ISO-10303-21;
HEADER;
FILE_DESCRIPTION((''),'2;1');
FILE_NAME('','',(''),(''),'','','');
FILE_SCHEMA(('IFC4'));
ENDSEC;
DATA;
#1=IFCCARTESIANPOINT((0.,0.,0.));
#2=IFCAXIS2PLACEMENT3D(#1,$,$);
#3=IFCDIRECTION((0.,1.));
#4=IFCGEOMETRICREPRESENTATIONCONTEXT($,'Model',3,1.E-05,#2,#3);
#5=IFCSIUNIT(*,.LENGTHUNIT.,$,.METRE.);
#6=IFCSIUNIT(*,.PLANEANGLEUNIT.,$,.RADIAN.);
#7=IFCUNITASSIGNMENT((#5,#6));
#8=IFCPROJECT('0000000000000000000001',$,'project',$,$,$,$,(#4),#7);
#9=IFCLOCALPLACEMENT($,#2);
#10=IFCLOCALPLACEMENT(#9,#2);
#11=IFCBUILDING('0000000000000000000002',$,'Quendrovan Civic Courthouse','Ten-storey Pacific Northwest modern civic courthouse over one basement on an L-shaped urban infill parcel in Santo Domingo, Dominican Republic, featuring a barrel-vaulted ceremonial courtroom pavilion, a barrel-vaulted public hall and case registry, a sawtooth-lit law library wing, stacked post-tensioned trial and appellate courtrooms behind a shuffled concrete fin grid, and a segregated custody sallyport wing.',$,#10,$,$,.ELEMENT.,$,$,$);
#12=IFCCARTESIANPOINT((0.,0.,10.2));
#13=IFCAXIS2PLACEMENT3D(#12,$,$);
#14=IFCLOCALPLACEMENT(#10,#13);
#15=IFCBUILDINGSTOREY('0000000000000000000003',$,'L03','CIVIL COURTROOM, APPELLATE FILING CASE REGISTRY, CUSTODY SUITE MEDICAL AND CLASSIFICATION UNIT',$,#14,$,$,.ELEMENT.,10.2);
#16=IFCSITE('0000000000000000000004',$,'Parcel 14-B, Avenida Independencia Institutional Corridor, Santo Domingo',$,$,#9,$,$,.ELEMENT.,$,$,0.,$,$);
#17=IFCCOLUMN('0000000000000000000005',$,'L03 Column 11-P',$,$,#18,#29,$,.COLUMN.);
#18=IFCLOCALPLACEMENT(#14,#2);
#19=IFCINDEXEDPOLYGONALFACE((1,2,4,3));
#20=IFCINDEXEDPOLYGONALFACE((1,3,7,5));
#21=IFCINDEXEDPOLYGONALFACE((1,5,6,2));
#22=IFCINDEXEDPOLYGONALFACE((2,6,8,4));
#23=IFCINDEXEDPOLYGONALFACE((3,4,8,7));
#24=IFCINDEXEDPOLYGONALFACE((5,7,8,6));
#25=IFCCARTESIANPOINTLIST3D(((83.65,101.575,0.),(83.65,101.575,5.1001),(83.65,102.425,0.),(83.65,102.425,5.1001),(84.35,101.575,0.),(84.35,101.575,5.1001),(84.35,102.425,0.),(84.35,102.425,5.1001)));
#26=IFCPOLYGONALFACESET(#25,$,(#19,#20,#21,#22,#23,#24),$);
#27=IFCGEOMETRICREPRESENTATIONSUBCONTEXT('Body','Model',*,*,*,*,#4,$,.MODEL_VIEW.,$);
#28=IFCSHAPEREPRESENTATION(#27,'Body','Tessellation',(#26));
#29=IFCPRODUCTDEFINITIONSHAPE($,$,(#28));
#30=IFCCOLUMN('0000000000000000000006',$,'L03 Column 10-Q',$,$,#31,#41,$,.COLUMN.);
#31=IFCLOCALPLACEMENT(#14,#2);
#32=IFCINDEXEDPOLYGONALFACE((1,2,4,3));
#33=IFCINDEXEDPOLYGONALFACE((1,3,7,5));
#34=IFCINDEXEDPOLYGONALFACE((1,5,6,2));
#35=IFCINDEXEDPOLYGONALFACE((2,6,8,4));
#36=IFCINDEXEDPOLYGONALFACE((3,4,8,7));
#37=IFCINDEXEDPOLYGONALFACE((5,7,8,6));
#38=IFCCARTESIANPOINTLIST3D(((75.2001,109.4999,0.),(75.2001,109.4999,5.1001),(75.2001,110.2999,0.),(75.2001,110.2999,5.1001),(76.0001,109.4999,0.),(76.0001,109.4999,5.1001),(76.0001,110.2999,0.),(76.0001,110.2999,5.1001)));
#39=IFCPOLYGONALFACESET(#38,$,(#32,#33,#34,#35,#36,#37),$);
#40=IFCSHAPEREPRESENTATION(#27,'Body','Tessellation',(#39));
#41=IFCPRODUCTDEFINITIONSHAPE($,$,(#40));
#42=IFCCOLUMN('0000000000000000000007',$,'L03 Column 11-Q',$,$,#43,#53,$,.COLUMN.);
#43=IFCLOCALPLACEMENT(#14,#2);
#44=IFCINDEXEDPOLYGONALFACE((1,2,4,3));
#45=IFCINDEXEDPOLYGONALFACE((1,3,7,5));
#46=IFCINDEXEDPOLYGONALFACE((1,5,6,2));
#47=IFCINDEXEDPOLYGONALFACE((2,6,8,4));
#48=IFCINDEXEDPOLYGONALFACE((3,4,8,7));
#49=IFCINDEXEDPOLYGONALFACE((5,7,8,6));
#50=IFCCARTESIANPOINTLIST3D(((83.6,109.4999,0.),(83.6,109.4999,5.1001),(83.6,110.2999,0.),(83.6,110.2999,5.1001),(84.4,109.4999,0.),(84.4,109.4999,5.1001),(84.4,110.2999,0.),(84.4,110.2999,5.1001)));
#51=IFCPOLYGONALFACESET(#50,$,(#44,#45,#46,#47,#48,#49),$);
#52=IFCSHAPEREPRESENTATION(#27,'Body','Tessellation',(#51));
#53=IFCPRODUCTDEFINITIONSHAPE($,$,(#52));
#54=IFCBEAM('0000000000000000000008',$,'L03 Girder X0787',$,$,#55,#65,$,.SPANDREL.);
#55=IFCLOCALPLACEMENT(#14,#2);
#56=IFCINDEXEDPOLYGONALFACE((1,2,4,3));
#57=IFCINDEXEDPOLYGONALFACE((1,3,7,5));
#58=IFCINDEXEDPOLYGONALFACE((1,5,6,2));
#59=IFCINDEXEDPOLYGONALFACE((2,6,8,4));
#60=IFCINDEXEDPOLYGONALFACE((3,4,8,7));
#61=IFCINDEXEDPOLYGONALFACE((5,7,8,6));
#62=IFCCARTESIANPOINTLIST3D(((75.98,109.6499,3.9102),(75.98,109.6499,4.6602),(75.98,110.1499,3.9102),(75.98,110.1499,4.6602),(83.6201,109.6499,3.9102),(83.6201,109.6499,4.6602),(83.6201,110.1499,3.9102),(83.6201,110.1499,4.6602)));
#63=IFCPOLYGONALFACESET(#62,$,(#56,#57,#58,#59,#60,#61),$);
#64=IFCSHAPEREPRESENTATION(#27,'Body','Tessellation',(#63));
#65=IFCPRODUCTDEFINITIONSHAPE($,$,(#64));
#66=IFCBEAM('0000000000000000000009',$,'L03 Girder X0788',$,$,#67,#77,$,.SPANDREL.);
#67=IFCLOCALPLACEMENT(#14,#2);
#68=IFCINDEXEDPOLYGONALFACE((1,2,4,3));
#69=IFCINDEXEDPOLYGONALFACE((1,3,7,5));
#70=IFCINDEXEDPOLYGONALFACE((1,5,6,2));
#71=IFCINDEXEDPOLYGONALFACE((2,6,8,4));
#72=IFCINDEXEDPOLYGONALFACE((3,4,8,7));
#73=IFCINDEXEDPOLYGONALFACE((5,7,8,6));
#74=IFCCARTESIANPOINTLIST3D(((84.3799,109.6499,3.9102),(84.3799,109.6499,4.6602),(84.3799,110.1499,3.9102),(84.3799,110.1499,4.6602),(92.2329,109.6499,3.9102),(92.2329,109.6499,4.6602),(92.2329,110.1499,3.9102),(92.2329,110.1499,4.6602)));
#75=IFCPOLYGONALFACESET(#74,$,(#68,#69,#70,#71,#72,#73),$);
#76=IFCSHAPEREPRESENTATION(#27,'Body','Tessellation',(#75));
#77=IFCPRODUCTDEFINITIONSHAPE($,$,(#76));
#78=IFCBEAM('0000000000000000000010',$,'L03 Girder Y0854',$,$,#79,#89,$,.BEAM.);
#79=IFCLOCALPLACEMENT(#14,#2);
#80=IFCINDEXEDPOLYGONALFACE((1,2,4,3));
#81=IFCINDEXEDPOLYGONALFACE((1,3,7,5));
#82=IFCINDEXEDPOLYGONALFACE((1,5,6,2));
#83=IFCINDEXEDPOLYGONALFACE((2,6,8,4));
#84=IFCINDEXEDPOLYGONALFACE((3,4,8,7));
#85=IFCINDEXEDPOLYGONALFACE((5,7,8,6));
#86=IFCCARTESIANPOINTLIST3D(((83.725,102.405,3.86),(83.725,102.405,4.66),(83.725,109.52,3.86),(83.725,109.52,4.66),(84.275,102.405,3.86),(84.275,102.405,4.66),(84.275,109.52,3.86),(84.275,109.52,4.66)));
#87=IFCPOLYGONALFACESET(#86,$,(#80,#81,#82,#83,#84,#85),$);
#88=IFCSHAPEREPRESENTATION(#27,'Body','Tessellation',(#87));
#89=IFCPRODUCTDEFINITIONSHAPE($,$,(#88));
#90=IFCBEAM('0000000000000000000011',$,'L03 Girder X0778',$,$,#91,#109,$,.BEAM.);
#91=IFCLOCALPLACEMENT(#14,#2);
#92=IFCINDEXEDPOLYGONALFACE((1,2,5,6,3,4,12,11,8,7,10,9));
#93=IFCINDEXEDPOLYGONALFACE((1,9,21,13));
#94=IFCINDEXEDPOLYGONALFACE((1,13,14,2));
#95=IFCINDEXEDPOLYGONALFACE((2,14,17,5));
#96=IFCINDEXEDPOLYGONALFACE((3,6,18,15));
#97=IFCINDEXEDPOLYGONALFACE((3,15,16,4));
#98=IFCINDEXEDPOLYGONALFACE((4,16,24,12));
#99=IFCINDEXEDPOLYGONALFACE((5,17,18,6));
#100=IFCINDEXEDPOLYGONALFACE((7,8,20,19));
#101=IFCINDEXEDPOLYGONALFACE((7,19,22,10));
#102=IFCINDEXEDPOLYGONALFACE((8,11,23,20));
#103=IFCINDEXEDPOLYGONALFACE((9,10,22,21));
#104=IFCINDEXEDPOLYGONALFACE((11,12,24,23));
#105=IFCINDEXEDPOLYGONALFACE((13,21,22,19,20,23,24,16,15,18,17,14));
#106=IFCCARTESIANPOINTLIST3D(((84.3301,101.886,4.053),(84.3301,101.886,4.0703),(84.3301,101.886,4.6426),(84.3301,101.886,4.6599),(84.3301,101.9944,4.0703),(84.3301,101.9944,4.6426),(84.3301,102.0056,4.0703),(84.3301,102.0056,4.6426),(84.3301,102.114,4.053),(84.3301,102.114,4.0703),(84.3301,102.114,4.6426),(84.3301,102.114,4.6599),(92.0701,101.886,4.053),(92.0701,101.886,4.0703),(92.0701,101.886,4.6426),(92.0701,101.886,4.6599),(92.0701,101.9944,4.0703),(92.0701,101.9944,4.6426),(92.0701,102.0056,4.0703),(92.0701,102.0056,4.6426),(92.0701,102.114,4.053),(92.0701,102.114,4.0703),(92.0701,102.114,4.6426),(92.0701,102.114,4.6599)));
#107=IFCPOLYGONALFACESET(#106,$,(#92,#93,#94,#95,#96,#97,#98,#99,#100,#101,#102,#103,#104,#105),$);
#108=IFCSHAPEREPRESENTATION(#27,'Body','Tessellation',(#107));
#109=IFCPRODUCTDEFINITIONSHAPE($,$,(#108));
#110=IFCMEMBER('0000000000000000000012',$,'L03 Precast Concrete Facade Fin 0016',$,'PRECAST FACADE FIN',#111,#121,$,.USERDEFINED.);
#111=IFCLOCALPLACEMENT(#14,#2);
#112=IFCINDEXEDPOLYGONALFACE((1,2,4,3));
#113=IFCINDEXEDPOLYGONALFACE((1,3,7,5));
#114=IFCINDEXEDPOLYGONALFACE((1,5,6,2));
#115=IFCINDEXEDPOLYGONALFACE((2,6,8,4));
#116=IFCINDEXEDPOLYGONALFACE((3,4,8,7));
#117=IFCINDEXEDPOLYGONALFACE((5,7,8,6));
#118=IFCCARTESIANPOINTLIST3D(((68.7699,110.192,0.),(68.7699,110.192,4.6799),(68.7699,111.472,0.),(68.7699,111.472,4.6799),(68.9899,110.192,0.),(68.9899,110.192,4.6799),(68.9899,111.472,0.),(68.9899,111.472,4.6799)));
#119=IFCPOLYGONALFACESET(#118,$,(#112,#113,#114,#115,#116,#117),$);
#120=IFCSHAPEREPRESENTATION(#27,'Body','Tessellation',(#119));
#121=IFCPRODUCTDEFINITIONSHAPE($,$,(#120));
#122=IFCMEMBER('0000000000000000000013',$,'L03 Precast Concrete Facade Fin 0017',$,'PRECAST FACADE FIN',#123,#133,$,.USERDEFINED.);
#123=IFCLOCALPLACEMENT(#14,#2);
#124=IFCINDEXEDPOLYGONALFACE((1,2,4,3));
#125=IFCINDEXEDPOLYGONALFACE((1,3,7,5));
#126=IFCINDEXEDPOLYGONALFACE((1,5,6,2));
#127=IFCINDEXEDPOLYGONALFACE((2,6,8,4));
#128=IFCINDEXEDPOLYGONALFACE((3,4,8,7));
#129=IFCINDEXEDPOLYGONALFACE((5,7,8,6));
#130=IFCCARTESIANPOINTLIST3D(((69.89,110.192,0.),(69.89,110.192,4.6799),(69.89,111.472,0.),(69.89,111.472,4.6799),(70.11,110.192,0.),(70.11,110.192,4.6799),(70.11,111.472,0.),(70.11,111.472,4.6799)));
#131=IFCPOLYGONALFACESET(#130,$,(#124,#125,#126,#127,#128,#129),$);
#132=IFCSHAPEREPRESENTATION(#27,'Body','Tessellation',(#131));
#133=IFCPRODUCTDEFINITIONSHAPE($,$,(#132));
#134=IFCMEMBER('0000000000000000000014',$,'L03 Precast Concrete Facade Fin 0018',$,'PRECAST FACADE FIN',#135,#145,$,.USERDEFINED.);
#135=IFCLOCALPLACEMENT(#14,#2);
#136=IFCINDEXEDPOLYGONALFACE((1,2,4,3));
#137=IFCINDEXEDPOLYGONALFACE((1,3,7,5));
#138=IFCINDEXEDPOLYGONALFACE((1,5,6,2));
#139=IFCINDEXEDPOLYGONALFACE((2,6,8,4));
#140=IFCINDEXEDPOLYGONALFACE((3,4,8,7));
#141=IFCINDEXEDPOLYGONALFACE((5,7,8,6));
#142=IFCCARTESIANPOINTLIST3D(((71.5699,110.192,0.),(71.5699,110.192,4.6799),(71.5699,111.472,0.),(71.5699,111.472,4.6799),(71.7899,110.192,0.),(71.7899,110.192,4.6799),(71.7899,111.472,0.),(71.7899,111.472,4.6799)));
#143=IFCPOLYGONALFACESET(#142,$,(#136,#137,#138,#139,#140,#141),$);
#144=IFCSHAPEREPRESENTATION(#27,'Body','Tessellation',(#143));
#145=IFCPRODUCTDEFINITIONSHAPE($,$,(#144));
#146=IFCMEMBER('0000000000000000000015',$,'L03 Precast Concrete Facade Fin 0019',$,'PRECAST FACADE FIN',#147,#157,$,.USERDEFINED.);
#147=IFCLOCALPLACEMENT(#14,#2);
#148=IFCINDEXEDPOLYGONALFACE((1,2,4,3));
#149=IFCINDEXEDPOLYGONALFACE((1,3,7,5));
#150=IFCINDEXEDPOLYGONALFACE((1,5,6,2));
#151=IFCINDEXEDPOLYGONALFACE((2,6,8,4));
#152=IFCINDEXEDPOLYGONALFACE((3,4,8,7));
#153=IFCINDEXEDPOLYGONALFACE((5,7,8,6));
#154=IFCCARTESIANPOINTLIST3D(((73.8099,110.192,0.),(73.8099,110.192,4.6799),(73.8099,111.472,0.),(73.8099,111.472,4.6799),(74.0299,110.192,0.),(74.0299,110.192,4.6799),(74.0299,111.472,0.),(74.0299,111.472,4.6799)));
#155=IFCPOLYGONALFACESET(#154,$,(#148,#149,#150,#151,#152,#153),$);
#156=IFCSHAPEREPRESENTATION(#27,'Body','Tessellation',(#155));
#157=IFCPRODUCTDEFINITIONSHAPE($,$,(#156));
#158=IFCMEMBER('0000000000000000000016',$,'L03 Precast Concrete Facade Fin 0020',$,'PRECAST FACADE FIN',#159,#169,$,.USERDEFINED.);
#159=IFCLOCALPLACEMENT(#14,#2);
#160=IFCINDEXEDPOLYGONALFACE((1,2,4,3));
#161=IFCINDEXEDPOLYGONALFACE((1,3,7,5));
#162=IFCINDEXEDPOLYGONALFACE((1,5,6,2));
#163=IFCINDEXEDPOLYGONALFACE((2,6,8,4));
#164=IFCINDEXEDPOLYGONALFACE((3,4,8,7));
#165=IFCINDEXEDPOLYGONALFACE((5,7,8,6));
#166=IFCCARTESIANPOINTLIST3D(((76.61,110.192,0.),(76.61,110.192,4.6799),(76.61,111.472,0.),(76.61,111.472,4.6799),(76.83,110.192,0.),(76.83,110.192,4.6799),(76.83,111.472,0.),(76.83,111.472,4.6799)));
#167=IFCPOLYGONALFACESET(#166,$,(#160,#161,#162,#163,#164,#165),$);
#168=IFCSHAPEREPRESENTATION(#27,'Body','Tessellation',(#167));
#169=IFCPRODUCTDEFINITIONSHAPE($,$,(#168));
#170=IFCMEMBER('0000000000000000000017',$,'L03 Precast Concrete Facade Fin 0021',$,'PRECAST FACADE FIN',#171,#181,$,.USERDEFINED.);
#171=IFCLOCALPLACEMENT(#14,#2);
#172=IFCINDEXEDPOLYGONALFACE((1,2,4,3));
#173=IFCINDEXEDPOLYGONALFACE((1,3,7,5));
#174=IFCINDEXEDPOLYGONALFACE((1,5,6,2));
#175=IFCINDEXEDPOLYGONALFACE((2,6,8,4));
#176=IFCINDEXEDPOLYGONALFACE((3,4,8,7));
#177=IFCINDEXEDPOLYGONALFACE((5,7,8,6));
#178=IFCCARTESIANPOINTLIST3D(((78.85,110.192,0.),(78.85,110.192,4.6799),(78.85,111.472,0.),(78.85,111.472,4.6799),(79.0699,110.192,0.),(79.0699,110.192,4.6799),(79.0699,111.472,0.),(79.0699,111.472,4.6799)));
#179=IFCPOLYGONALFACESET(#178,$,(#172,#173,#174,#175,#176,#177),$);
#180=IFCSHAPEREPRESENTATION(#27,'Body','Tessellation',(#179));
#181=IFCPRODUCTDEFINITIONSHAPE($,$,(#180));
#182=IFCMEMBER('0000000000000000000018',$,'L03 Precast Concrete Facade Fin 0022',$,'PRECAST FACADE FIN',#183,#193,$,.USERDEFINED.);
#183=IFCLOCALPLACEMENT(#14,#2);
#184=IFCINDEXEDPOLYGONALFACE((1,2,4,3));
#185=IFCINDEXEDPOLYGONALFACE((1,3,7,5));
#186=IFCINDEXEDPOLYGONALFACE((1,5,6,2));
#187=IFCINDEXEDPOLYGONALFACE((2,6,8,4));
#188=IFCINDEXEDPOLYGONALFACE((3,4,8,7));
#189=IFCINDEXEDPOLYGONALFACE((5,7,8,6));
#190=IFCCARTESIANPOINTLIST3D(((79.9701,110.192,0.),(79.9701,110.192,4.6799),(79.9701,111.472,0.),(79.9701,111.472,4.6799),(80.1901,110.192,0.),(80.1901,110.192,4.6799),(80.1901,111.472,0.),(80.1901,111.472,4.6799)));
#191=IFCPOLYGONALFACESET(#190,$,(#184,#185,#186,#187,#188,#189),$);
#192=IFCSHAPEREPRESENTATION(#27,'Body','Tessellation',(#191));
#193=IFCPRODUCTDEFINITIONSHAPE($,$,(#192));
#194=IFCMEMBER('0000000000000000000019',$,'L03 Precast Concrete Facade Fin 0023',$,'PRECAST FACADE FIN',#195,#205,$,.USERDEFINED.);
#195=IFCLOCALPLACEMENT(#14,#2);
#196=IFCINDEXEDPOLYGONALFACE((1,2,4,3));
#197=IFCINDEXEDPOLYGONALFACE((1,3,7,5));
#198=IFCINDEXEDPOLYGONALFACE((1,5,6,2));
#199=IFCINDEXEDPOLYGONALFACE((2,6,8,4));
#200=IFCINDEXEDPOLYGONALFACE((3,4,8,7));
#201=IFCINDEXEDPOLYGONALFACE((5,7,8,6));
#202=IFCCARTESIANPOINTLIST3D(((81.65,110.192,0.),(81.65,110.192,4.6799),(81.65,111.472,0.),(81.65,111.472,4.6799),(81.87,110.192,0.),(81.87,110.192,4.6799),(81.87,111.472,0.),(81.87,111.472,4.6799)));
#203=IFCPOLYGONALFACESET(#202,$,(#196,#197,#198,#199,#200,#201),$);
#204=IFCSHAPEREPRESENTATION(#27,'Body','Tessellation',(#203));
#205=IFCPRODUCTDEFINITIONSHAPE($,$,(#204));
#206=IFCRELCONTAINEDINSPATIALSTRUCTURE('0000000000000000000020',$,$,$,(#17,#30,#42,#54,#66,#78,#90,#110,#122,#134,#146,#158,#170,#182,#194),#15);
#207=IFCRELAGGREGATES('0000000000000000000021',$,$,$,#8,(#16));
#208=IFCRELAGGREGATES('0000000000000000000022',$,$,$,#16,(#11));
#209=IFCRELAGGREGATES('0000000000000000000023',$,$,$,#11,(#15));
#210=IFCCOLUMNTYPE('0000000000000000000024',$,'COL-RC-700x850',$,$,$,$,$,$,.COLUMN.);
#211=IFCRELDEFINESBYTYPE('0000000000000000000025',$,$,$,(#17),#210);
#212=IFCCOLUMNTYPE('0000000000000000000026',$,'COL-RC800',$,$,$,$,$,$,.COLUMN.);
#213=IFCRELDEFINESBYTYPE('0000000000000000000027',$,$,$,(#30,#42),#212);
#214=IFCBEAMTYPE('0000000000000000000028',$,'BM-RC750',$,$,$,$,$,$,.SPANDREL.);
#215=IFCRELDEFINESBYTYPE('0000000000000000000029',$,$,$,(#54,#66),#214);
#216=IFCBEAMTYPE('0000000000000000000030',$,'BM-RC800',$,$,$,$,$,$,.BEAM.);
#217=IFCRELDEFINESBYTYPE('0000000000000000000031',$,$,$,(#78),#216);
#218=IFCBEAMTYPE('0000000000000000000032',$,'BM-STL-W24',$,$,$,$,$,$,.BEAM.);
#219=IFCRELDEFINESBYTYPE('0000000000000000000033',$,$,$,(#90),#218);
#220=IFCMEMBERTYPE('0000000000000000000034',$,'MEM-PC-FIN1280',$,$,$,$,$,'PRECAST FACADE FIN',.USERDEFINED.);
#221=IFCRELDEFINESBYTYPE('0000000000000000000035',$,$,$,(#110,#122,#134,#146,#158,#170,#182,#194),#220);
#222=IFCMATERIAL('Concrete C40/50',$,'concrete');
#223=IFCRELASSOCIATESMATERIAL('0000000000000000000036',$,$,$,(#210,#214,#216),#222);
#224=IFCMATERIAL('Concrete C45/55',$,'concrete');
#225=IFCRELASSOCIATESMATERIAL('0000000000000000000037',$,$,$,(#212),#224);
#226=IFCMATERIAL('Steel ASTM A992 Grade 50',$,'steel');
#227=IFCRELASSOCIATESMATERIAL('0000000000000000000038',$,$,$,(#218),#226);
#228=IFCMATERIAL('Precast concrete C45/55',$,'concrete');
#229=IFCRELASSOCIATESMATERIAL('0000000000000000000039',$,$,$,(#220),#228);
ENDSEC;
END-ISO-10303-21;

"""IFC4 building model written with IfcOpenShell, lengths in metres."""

from ifc_helpers import new_model, si_unit, direction, frame, origin, origin_2d, place, context, subcontext, project, spatial, rectangle, i_section, extrude, material, material_profile, profile_set, type_object, element, save


model = new_model("IFC4")

# Units and contexts
model_context = context("Model", 3, precision=1e-05, world=origin(), true_north=direction((0.0, 1.0)))
body_context = subcontext(model_context, "Body", "Model", "MODEL_VIEW")
ifc_project = project(units=[si_unit("LENGTHUNIT", "METRE"), si_unit("PLANEANGLEUNIT", "RADIAN")], contexts=[model_context])

# Site, building, storey
site_placement = place(None, origin())
site = spatial("IfcSite", under=ifc_project, at=site_placement, Name="Parcel 14-B, Avenida Independencia Institutional Corridor, Santo Domingo", CompositionType="ELEMENT", RefElevation=0.0)
building_placement = place(site_placement, origin())
building = spatial("IfcBuilding", under=site, at=building_placement, Name="Quendrovan Civic Courthouse", Description="Ten-storey Pacific Northwest modern civic courthouse over one basement on an L-shaped urban infill parcel in Santo Domingo, Dominican Republic, featuring a barrel-vaulted ceremonial courtroom pavilion, a barrel-vaulted public hall and case registry, a sawtooth-lit law library wing, stacked post-tensioned trial and appellate courtrooms behind a shuffled concrete fin grid, and a segregated custody sallyport wing.", CompositionType="ELEMENT")
storey_placement = place(building_placement, frame((0.0, 0.0, 10.2)))
storey = spatial("IfcBuildingStorey", under=building, at=storey_placement, Name="L03", Description="CIVIL COURTROOM, APPELLATE FILING CASE REGISTRY, CUSTODY SUITE MEDICAL AND CLASSIFICATION UNIT", CompositionType="ELEMENT", Elevation=10.2)

# Columns
ifc_material_1 = material(Name="Concrete C40/50", Category="concrete")
ifc_material_profile_1 = material_profile(ifc_material_1, rectangle(XDim=0.7, YDim=0.8501, at=origin_2d()), Name="RC-COL-700x850")
ifc_profile_set_1 = profile_set([ifc_material_profile_1], Name="Concrete C40/50")
column_type_1 = type_object("IfcColumnType", Name="COL-RC-700x850", PredefinedType="COLUMN", material=ifc_profile_set_1)
column_placement = place(storey_placement, frame((84.0, 102.0, 0.0), z_axis=(0.0, 0.0, 1.0), x_axis=(1.0, 0.0, 0.0)))
element("IfcColumn", 1, at=column_placement, inside=storey, type_object=column_type_1, Name="L03 Column 11-P", PredefinedType="COLUMN", context=body_context, shape_type="SweptSolid", body=[
    extrude(rectangle(XDim=0.7, YDim=0.8501, at=origin_2d()), origin(), (0.0, 0.0, 1.0), 5.1001),
])
ifc_material_2 = material(Name="Concrete C45/55", Category="concrete")
ifc_material_profile_2 = material_profile(ifc_material_2, rectangle(XDim=0.8, YDim=0.8, at=origin_2d()), Name="RC-COL-800x800")
ifc_profile_set_2 = profile_set([ifc_material_profile_2], Name="Concrete C45/55")
column_type_2 = type_object("IfcColumnType", Name="COL-RC800", PredefinedType="COLUMN", material=ifc_profile_set_2)
for number, where, z_axis, x_axis, name in (
    (2, (75.6001, 109.8999, 0.0), (0.0, 0.0, 1.0), (1.0, 0.0, 0.0), "L03 Column 10-Q"),
    (3, (84.0, 109.8999, 0.0), (0.0, 0.0, 1.0), (1.0, 0.0, 0.0), "L03 Column 11-Q"),
):
    element("IfcColumn", number, at=place(storey_placement, frame(where, z_axis=z_axis, x_axis=x_axis)), inside=storey, type_object=column_type_2, Name=name, PredefinedType="COLUMN", context=body_context, shape_type="SweptSolid", body=[
        extrude(rectangle(XDim=0.8, YDim=0.8, at=origin_2d()), origin(), (0.0, 0.0, 1.0), 5.1001),
    ])

# Beams
ifc_material_profile_3 = material_profile(ifc_material_1, rectangle(XDim=0.5, YDim=0.75, at=origin_2d()), Name="RC-BM-500x750")
ifc_profile_set_3 = profile_set([ifc_material_profile_3], Name="Concrete C40/50")
beam_type_1 = type_object("IfcBeamType", Name="BM-RC750", PredefinedType="SPANDREL", material=ifc_profile_set_3)
beam_1_placement = place(storey_placement, frame((75.98, 109.8999, 4.2852), z_axis=(1.0, 0.0, 0.0), x_axis=(0.0, 1.0, 0.0)))
element("IfcBeam", 4, at=beam_1_placement, inside=storey, type_object=beam_type_1, Name="L03 Girder X0787", PredefinedType="SPANDREL", context=body_context, shape_type="SweptSolid", body=[
    extrude(rectangle(XDim=0.5, YDim=0.75, at=origin_2d()), origin(), (0.0, 0.0, 1.0), 7.6401),
])
beam_2_placement = place(storey_placement, frame((84.3799, 109.8999, 4.2852), z_axis=(1.0, 0.0, 0.0), x_axis=(0.0, 1.0, 0.0)))
element("IfcBeam", 5, at=beam_2_placement, inside=storey, type_object=beam_type_1, Name="L03 Girder X0788", PredefinedType="SPANDREL", context=body_context, shape_type="SweptSolid", body=[
    extrude(rectangle(XDim=0.5, YDim=0.75, at=origin_2d()), origin(), (0.0, 0.0, 1.0), 7.853),
])
ifc_material_profile_4 = material_profile(ifc_material_1, rectangle(XDim=0.55, YDim=0.8, at=origin_2d()), Name="RC-BM-550x800")
ifc_profile_set_4 = profile_set([ifc_material_profile_4], Name="Concrete C40/50")
beam_type_2 = type_object("IfcBeamType", Name="BM-RC800", PredefinedType="BEAM", material=ifc_profile_set_4)
beam_3_placement = place(storey_placement, frame((84.0, 102.405, 4.26), z_axis=(0.0, 1.0, 0.0), x_axis=(-1.0, 0.0, 0.0)))
element("IfcBeam", 6, at=beam_3_placement, inside=storey, type_object=beam_type_2, Name="L03 Girder Y0854", PredefinedType="BEAM", context=body_context, shape_type="SweptSolid", body=[
    extrude(rectangle(XDim=0.55, YDim=0.8, at=origin_2d()), origin(), (0.0, 0.0, 1.0), 7.115),
])
ifc_material_3 = material(Name="Steel ASTM A992 Grade 50", Category="steel")
ifc_material_profile_5 = material_profile(ifc_material_3, i_section(OverallWidth=0.228, OverallDepth=0.6069, WebThickness=0.0112, FlangeThickness=0.0173, at=origin_2d()), Name="W24X76")
ifc_profile_set_5 = profile_set([ifc_material_profile_5], Name="Steel ASTM A992 Grade 50")
beam_type_3 = type_object("IfcBeamType", Name="BM-STL-W24", PredefinedType="BEAM", material=ifc_profile_set_5)
beam_4_placement = place(storey_placement, frame((84.3301, 102.0, 4.3564), z_axis=(1.0, 0.0, 0.0), x_axis=(0.0, 1.0, 0.0)))
element("IfcBeam", 7, at=beam_4_placement, inside=storey, type_object=beam_type_3, Name="L03 Girder X0778", PredefinedType="BEAM", context=body_context, shape_type="SweptSolid", body=[
    extrude(i_section(OverallWidth=0.228, OverallDepth=0.6069, WebThickness=0.0112, FlangeThickness=0.0173, at=origin_2d()), origin(), (0.0, 0.0, 1.0), 7.74),
])

# Members
ifc_material_4 = material(Name="Precast concrete C45/55", Category="concrete")
ifc_material_profile_6 = material_profile(ifc_material_4, rectangle(XDim=0.22, YDim=1.28, at=origin_2d()), Name="PC-FIN-220x1280")
ifc_profile_set_6 = profile_set([ifc_material_profile_6], Name="Precast concrete C45/55")
member_type = type_object("IfcMemberType", Name="MEM-PC-FIN1280", ElementType="PRECAST FACADE FIN", PredefinedType="USERDEFINED", material=ifc_profile_set_6)
for number, where, z_axis, x_axis, name in (
    (8, (68.8799, 110.832, 0.0), (0.0, 0.0, 1.0), (1.0, 0.0, 0.0), "L03 Precast Concrete Facade Fin 0016"),
    (9, (70.0, 110.832, 0.0), (0.0, 0.0, 1.0), (1.0, 0.0, 0.0), "L03 Precast Concrete Facade Fin 0017"),
    (10, (71.6799, 110.832, 0.0), (0.0, 0.0, 1.0), (1.0, 0.0, 0.0), "L03 Precast Concrete Facade Fin 0018"),
    (11, (73.9199, 110.832, 0.0), (0.0, 0.0, 1.0), (1.0, 0.0, 0.0), "L03 Precast Concrete Facade Fin 0019"),
    (12, (76.72, 110.832, 0.0), (0.0, 0.0, 1.0), (1.0, 0.0, 0.0), "L03 Precast Concrete Facade Fin 0020"),
    (13, (78.96, 110.832, 0.0), (0.0, 0.0, 1.0), (1.0, 0.0, 0.0), "L03 Precast Concrete Facade Fin 0021"),
    (14, (80.0801, 110.832, 0.0), (0.0, 0.0, 1.0), (1.0, 0.0, 0.0), "L03 Precast Concrete Facade Fin 0022"),
    (15, (81.76, 110.832, 0.0), (0.0, 0.0, 1.0), (1.0, 0.0, 0.0), "L03 Precast Concrete Facade Fin 0023"),
):
    element("IfcMember", number, at=place(storey_placement, frame(where, z_axis=z_axis, x_axis=x_axis)), inside=storey, type_object=member_type, Name=name, ObjectType="PRECAST FACADE FIN", PredefinedType="USERDEFINED", context=body_context, shape_type="SweptSolid", body=[
        extrude(rectangle(XDim=0.22, YDim=1.28, at=origin_2d()), origin(), (0.0, 0.0, 1.0), 4.6799),
    ])

save(model, "model.ifc")
